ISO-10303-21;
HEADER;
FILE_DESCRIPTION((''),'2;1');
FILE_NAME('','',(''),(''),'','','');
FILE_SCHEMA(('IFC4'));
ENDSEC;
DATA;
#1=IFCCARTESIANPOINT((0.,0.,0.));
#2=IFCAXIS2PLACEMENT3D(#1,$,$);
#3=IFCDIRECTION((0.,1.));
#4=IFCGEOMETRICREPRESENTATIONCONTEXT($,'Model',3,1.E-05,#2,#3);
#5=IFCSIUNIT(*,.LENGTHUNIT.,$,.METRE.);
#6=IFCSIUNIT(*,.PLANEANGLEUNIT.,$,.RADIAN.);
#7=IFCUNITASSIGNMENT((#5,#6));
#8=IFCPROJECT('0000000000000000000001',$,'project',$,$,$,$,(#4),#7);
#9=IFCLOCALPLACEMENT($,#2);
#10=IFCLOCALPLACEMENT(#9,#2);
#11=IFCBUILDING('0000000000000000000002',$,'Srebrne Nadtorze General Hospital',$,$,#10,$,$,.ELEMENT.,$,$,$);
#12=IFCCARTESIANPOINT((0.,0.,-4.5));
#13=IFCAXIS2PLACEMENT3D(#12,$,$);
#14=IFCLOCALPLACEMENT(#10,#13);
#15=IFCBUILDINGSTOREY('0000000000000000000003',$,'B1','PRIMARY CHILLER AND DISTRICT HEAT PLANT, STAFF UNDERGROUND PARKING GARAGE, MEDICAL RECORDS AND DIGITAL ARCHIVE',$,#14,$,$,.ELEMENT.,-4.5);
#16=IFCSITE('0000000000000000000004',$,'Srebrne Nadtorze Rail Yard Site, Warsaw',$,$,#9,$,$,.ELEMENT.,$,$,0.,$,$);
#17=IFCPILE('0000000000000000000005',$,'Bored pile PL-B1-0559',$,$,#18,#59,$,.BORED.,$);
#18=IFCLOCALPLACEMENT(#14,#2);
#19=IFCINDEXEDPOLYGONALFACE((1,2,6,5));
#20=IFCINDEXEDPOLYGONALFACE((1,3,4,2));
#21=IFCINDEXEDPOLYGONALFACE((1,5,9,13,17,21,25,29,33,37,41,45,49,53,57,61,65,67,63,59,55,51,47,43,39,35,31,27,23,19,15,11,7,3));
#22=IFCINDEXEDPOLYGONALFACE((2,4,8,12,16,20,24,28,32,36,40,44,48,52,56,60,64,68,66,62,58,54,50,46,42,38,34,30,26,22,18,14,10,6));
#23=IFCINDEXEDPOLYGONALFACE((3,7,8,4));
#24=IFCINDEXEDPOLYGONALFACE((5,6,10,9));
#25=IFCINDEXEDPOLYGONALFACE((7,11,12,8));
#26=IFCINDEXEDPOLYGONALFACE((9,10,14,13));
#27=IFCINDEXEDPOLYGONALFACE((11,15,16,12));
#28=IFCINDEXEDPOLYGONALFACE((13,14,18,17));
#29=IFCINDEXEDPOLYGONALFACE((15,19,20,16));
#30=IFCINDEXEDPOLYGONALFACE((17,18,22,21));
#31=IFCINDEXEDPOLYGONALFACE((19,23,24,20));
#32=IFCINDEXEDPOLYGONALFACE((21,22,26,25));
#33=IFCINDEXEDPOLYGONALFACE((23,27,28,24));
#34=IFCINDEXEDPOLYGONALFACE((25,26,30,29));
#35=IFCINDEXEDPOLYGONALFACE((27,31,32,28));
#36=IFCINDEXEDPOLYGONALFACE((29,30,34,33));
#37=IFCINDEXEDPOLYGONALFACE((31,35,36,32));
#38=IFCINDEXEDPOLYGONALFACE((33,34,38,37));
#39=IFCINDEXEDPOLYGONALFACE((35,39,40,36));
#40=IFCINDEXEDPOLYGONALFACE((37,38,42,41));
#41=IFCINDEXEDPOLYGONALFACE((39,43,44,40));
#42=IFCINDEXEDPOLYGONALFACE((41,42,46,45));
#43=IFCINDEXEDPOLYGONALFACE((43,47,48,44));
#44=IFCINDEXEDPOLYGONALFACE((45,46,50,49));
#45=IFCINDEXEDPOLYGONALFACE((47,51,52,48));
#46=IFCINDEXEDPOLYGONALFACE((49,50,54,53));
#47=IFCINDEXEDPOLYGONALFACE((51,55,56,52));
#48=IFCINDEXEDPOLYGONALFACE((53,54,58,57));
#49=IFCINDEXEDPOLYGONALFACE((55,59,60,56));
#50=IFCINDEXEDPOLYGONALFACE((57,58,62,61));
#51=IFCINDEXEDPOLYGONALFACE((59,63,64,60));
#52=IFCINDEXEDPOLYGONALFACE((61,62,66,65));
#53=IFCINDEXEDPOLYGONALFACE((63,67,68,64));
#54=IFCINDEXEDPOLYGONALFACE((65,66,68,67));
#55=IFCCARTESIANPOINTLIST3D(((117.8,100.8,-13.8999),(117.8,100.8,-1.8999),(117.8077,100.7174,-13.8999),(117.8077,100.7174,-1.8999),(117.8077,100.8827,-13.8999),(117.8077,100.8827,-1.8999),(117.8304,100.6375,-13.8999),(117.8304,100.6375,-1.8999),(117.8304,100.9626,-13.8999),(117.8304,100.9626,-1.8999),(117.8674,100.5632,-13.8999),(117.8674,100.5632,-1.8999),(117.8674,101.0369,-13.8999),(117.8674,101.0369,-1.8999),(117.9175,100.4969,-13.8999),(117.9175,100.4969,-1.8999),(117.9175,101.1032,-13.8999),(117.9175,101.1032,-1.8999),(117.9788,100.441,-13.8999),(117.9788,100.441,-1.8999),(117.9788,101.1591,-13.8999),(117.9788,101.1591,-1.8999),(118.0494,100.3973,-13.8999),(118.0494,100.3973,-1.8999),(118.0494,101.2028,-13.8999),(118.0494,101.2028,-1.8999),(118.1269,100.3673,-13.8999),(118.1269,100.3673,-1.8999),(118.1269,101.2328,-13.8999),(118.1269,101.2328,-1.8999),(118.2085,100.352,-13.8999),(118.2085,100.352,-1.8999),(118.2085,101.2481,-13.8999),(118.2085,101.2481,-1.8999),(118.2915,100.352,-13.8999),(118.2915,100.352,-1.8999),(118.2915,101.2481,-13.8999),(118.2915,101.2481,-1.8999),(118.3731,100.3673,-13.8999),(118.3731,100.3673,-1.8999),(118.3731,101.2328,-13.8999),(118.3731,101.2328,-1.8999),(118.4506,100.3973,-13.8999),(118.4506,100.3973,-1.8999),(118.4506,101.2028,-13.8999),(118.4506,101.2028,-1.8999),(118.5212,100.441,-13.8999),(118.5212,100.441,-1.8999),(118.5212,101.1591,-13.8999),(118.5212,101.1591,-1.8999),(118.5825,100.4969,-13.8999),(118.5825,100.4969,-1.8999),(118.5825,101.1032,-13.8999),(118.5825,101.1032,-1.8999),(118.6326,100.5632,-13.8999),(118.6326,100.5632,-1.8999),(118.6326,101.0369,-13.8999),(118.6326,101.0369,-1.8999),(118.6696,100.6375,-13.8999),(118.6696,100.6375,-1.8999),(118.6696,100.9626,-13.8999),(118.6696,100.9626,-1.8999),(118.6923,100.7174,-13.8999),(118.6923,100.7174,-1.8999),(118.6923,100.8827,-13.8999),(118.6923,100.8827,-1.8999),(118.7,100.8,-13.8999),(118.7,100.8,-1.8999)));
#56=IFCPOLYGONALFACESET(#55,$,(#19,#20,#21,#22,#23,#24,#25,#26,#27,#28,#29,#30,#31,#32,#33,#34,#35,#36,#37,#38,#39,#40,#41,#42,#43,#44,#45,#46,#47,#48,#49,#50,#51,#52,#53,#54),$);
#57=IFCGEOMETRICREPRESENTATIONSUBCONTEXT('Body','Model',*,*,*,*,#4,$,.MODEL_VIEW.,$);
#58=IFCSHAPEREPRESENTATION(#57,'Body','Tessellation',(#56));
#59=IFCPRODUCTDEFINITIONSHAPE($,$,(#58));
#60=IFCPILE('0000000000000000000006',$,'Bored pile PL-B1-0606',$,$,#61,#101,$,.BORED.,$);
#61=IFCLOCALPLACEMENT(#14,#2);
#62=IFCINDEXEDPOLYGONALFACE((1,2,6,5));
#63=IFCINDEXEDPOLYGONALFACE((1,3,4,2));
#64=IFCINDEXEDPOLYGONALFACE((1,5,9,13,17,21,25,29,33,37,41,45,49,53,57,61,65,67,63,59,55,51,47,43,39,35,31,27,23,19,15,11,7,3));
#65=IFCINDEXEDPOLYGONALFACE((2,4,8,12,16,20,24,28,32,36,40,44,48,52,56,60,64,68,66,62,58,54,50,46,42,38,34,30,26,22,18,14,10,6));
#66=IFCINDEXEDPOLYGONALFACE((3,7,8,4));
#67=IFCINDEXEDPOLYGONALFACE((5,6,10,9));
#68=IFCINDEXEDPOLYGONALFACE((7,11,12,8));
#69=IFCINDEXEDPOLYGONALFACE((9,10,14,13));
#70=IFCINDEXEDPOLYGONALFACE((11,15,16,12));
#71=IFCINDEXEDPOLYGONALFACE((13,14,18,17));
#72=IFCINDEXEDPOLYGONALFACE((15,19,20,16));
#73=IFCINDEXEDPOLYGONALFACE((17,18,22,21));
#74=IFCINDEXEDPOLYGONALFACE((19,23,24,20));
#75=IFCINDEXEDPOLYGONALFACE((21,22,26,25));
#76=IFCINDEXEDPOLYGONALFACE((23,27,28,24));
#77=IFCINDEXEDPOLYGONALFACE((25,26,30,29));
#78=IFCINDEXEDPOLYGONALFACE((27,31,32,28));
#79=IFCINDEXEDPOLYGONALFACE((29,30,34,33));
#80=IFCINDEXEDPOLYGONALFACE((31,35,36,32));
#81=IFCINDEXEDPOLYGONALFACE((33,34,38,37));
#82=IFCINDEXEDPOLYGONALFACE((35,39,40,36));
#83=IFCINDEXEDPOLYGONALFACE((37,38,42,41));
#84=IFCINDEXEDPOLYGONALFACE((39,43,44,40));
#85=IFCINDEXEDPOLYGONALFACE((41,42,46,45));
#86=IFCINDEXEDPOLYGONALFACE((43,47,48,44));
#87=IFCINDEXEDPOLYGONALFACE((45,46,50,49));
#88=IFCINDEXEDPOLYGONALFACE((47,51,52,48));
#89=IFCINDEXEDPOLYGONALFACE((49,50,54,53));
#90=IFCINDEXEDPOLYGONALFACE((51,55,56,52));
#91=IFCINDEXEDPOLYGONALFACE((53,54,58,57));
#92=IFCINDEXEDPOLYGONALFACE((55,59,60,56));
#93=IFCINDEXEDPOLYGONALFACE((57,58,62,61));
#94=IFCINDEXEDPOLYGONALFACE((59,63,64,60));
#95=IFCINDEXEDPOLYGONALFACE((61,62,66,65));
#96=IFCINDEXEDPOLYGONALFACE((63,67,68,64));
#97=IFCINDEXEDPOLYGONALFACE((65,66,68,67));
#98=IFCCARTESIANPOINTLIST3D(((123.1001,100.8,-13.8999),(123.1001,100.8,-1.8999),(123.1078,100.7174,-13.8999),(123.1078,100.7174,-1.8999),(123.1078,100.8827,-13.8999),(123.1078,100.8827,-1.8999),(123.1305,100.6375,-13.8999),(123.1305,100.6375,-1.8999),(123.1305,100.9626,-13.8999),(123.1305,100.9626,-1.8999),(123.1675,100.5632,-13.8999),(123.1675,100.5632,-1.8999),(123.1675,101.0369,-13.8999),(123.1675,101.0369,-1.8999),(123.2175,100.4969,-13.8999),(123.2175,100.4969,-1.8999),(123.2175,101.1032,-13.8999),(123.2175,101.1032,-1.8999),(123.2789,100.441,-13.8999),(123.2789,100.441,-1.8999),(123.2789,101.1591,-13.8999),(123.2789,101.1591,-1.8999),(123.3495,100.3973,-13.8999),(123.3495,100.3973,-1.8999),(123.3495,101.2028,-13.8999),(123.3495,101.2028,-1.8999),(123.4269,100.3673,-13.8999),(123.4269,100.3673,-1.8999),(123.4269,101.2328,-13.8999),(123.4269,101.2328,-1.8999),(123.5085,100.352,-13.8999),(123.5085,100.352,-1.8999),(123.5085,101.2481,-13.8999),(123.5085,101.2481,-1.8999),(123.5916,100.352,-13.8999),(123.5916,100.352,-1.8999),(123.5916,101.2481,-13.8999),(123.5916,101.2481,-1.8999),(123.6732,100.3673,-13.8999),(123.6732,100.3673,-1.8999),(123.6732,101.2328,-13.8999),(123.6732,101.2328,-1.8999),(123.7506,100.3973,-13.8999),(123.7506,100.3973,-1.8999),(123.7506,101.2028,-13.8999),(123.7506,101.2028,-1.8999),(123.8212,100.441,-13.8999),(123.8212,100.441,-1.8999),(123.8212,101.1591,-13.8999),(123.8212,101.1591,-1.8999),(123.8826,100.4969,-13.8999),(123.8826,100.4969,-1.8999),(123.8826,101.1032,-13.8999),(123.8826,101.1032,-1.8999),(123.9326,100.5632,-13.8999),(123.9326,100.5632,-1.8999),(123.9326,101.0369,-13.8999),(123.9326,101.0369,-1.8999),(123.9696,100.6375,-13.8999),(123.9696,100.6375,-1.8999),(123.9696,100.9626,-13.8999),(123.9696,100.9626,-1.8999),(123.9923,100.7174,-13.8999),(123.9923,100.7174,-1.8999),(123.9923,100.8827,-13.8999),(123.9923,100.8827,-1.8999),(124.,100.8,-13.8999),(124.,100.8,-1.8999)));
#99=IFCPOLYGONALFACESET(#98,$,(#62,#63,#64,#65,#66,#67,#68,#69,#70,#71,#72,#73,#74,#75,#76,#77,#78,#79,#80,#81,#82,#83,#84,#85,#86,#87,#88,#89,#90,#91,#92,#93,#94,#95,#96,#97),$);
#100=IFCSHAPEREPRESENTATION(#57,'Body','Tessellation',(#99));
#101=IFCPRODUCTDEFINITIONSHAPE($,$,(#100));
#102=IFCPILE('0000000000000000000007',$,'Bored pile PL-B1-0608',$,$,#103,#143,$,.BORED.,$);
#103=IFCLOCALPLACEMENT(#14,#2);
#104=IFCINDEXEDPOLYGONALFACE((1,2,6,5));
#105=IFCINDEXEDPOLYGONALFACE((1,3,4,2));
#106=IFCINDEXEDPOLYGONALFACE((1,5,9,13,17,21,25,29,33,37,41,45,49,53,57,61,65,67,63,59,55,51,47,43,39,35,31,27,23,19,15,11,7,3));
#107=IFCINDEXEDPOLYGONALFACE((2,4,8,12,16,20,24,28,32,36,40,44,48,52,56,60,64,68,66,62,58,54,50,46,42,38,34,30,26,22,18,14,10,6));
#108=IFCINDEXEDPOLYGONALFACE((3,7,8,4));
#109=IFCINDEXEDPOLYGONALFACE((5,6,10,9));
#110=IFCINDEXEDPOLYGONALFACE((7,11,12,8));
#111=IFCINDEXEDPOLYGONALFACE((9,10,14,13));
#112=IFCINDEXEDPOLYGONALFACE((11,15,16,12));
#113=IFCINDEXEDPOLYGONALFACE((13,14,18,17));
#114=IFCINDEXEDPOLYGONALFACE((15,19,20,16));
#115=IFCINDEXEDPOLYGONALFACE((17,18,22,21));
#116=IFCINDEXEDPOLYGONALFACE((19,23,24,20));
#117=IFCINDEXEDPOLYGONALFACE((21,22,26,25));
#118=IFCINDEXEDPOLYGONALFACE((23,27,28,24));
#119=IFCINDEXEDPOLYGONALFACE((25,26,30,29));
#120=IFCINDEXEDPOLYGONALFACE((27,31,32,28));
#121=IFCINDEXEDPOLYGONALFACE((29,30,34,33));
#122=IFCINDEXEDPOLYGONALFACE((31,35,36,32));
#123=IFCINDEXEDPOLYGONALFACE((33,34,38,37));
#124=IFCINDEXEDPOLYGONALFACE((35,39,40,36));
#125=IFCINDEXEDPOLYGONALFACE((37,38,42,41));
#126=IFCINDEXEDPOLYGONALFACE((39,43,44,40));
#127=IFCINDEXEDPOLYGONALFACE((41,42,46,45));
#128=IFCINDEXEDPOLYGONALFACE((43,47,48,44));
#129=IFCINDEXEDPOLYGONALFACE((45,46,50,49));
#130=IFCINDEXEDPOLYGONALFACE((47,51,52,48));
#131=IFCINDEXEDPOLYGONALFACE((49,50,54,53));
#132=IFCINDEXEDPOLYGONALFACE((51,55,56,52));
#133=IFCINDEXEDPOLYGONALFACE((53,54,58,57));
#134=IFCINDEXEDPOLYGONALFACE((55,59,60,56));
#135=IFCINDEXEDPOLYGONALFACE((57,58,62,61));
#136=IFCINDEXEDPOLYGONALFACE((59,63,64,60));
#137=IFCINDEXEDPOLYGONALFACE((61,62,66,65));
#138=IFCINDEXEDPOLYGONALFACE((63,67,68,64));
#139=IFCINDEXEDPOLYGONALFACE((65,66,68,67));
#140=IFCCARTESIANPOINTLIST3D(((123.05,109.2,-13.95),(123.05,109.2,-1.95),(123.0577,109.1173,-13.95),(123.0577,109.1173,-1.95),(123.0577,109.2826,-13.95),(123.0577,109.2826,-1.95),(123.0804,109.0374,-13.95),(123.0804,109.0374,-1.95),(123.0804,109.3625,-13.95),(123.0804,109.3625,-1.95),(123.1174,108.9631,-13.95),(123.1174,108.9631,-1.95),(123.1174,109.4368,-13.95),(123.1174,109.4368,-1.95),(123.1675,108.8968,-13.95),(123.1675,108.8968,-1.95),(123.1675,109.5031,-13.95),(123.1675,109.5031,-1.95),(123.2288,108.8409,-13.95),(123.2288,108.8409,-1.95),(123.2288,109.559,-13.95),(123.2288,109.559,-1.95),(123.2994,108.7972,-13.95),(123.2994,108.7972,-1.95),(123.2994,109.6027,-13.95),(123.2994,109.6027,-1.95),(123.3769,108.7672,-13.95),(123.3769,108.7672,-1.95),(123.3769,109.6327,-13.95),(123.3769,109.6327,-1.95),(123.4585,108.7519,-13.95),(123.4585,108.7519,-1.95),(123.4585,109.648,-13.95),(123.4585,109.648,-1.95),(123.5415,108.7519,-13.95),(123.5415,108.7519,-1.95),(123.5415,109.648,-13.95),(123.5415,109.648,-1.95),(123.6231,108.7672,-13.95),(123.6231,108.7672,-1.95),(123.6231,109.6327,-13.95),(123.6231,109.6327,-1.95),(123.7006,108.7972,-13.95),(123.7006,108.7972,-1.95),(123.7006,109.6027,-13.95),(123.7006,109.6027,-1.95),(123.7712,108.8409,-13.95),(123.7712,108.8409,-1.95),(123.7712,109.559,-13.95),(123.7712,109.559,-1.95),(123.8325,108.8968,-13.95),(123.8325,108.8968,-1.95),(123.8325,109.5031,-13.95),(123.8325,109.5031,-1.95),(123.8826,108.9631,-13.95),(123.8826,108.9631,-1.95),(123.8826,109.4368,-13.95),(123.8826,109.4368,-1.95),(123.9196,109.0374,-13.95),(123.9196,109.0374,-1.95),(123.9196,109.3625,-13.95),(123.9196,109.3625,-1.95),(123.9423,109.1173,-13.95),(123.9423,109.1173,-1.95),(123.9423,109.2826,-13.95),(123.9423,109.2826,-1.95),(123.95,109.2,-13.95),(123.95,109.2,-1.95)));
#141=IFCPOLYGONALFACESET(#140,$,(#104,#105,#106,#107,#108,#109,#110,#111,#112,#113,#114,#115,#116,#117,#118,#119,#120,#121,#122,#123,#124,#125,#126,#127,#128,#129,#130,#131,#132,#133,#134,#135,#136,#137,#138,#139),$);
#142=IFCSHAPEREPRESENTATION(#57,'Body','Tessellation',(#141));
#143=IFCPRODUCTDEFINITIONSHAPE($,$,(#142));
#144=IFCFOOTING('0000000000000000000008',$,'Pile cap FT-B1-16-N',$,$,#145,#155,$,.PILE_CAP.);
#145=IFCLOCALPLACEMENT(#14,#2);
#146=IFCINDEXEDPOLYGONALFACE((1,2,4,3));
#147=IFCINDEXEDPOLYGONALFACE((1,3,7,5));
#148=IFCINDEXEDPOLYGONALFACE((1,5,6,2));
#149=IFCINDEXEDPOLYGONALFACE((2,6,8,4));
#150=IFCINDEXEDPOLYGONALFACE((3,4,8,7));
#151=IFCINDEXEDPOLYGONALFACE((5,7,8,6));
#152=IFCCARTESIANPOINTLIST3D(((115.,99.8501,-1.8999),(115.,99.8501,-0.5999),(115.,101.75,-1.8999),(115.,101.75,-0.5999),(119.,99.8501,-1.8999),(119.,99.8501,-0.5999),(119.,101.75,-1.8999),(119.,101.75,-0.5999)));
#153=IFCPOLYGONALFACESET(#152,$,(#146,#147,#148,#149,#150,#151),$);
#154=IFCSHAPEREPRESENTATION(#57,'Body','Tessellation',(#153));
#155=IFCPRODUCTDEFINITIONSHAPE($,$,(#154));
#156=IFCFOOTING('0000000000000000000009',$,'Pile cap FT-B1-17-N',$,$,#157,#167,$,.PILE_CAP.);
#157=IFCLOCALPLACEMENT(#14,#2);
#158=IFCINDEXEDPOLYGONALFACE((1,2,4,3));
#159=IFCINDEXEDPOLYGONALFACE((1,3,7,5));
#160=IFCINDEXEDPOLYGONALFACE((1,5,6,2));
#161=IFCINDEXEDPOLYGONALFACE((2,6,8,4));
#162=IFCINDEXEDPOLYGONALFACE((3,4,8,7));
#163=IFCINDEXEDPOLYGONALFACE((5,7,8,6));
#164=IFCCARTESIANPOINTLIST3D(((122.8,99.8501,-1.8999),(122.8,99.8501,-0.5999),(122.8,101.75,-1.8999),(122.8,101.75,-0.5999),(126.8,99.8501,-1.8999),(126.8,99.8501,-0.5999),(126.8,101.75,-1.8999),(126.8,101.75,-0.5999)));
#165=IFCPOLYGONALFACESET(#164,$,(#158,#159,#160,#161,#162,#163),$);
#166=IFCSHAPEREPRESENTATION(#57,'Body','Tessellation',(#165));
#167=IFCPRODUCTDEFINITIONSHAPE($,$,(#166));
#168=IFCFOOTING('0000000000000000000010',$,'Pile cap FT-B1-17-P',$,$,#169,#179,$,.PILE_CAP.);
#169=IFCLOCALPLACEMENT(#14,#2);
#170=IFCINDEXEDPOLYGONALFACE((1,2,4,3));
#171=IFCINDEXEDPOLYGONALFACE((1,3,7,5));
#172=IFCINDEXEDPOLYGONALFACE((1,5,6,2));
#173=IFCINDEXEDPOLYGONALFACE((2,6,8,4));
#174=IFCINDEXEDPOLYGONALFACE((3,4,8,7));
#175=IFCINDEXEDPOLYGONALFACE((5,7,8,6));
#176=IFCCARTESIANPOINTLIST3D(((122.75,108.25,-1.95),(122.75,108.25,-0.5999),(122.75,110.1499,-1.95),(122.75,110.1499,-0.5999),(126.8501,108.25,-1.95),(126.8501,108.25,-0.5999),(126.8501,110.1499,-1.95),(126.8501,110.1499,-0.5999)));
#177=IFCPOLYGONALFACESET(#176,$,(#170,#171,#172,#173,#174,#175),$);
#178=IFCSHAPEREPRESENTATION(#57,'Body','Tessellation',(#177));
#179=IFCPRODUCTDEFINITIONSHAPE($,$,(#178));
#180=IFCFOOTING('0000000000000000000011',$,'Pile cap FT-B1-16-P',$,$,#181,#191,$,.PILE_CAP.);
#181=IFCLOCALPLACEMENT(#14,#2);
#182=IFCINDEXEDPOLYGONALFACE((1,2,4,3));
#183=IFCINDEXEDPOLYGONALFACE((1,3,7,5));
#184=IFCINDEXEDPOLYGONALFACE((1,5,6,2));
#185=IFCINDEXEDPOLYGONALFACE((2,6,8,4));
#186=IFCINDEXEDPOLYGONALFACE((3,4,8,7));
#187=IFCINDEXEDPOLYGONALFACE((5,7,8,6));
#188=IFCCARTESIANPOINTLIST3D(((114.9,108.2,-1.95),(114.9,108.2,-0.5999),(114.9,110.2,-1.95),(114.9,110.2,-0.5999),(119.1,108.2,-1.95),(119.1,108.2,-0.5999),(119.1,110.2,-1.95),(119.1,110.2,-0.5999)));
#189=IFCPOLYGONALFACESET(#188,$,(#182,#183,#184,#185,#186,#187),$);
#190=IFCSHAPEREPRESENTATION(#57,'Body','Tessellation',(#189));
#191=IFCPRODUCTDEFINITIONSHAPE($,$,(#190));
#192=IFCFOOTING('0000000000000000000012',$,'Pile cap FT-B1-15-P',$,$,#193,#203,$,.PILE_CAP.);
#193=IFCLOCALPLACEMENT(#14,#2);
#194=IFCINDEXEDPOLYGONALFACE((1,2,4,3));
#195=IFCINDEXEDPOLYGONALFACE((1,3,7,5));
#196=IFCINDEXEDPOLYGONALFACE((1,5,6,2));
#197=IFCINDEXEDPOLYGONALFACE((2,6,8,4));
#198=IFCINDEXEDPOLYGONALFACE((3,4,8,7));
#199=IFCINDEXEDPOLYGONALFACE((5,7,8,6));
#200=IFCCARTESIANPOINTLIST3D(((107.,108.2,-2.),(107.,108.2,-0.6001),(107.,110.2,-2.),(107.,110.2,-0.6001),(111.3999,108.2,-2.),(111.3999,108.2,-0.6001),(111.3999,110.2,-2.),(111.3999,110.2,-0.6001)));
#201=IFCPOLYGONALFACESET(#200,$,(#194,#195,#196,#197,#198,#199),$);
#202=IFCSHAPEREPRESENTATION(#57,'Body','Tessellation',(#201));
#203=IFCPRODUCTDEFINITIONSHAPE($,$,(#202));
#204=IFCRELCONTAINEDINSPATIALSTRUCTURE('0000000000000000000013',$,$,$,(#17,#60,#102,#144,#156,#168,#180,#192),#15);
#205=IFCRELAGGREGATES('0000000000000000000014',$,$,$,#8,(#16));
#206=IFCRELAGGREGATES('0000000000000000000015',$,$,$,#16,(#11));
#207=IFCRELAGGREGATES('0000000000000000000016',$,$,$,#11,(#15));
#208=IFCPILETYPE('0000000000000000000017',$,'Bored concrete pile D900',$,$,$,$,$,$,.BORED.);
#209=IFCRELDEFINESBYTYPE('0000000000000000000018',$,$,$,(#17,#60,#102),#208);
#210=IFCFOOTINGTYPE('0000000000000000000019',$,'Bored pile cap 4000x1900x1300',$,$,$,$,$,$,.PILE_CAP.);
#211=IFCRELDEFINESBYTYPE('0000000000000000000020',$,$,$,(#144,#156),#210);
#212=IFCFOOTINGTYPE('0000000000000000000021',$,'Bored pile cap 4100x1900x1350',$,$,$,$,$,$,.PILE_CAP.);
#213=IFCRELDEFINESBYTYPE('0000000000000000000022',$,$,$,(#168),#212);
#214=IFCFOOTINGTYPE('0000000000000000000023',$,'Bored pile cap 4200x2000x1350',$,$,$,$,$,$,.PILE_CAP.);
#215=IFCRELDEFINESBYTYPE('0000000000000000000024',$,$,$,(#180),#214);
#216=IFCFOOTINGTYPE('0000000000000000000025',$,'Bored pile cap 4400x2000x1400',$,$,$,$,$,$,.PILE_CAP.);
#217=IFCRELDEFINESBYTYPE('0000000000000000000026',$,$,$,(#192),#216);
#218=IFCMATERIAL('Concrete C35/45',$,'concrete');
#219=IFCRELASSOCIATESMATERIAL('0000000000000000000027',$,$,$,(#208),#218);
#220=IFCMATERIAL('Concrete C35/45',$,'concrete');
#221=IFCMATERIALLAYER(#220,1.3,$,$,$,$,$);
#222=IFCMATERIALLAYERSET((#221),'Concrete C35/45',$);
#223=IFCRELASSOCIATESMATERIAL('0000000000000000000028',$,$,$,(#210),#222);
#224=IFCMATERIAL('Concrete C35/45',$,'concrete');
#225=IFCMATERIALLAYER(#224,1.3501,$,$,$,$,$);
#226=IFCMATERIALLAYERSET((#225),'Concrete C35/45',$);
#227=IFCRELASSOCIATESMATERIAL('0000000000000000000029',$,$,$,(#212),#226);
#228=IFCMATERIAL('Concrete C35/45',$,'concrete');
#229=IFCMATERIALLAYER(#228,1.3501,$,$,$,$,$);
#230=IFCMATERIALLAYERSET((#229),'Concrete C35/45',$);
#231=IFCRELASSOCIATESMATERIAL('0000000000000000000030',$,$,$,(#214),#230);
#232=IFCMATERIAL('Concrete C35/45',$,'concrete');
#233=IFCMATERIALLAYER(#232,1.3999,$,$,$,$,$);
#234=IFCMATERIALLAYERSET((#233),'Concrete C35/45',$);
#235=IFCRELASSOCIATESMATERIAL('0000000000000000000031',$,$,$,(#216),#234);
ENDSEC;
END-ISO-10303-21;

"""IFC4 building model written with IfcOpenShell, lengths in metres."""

from ifc_helpers import new_model, si_unit, direction, frame, origin, origin_2d, place, context, subcontext, project, spatial, rectangle, circle, extrude, material, layer, layer_set, material_profile, profile_set, type_object, element, save


model = new_model("IFC4")

# Units and contexts
model_context = context("Model", 3, precision=1e-05, world=origin(), true_north=direction((0.0, 1.0)))
body_context = subcontext(model_context, "Body", "Model", "MODEL_VIEW")
ifc_project = project(units=[si_unit("LENGTHUNIT", "METRE"), si_unit("PLANEANGLEUNIT", "RADIAN")], contexts=[model_context])

# Site, building, storey
site_placement = place(None, origin())
site = spatial("IfcSite", under=ifc_project, at=site_placement, Name="Srebrne Nadtorze Rail Yard Site, Warsaw", CompositionType="ELEMENT", RefElevation=0.0)
building_placement = place(site_placement, origin())
building = spatial("IfcBuilding", under=site, at=building_placement, Name="Srebrne Nadtorze General Hospital", CompositionType="ELEMENT")
storey_placement = place(building_placement, frame((0.0, 0.0, -4.5)))
storey = spatial("IfcBuildingStorey", under=building, at=storey_placement, Name="B1", Description="PRIMARY CHILLER AND DISTRICT HEAT PLANT, STAFF UNDERGROUND PARKING GARAGE, MEDICAL RECORDS AND DIGITAL ARCHIVE", CompositionType="ELEMENT", Elevation=-4.5)

# Piles
ifc_material_1 = material(Name="Concrete C35/45", Category="concrete")
ifc_material_profile_1 = material_profile(ifc_material_1, circle(Radius=0.45, at=origin_2d()), Name="PILE-D900")
ifc_profile_set_1 = profile_set([ifc_material_profile_1], Name="Concrete C35/45")
pile_type_1 = type_object("IfcPileType", Name="Bored concrete pile D900", PredefinedType="BORED", material=ifc_profile_set_1)
for number, where, z_axis, x_axis, name in (
    (1, (118.25, 100.8, -1.8999), (0.0, 0.0, -1.0), (1.0, 0.0, 0.0), "Bored pile PL-B1-0559"),
    (2, (123.55, 100.8, -1.8999), (0.0, 0.0, -1.0), (1.0, 0.0, 0.0), "Bored pile PL-B1-0606"),
    (3, (123.5, 109.2, -1.95), (0.0, 0.0, -1.0), (1.0, 0.0, 0.0), "Bored pile PL-B1-0608"),
):
    element("IfcPile", number, at=place(storey_placement, frame(where, z_axis=z_axis, x_axis=x_axis)), inside=storey, type_object=pile_type_1, Name=name, PredefinedType="BORED", context=body_context, shape_type="SweptSolid", body=[
        extrude(circle(Radius=0.45, at=origin_2d()), origin(), (0.0, 0.0, 1.0), 12.0),
    ])

# Footings
ifc_material_2 = material(Name="Concrete C35/45", Category="concrete")
ifc_layer_1 = layer(ifc_material_2, 1.3)
ifc_layer_set_1 = layer_set([ifc_layer_1], Name="Concrete C35/45")
footing_type_1 = type_object("IfcFootingType", Name="Bored pile cap 4000x1900x1300", PredefinedType="PILE_CAP", material=ifc_layer_set_1)
for number, where, z_axis, x_axis, name in (
    (4, (117.0, 100.8, -1.8999), (0.0, 0.0, 1.0), (1.0, 0.0, 0.0), "Pile cap FT-B1-16-N"),
    (5, (124.8, 100.8, -1.8999), (0.0, 0.0, 1.0), (1.0, 0.0, 0.0), "Pile cap FT-B1-17-N"),
):
    element("IfcFooting", number, at=place(storey_placement, frame(where, z_axis=z_axis, x_axis=x_axis)), inside=storey, type_object=footing_type_1, Name=name, PredefinedType="PILE_CAP", context=body_context, shape_type="SweptSolid", body=[
        extrude(rectangle(XDim=4.0, YDim=1.8999, at=origin_2d()), origin(), (0.0, 0.0, 1.0), 1.3),
    ])
ifc_material_3 = material(Name="Concrete C35/45", Category="concrete")
ifc_layer_2 = layer(ifc_material_3, 1.3501)
ifc_layer_set_2 = layer_set([ifc_layer_2], Name="Concrete C35/45")
footing_type_2 = type_object("IfcFootingType", Name="Bored pile cap 4100x1900x1350", PredefinedType="PILE_CAP", material=ifc_layer_set_2)
footing_1_placement = place(storey_placement, frame((124.8, 109.2, -1.95), z_axis=(0.0, 0.0, 1.0), x_axis=(1.0, 0.0, 0.0)))
element("IfcFooting", 6, at=footing_1_placement, inside=storey, type_object=footing_type_2, Name="Pile cap FT-B1-17-P", PredefinedType="PILE_CAP", context=body_context, shape_type="SweptSolid", body=[
    extrude(rectangle(XDim=4.1001, YDim=1.8999, at=origin_2d()), origin(), (0.0, 0.0, 1.0), 1.3501),
])
ifc_material_4 = material(Name="Concrete C35/45", Category="concrete")
ifc_layer_3 = layer(ifc_material_4, 1.3501)
ifc_layer_set_3 = layer_set([ifc_layer_3], Name="Concrete C35/45")
footing_type_3 = type_object("IfcFootingType", Name="Bored pile cap 4200x2000x1350", PredefinedType="PILE_CAP", material=ifc_layer_set_3)
footing_2_placement = place(storey_placement, frame((117.0, 109.2, -1.95), z_axis=(0.0, 0.0, 1.0), x_axis=(1.0, 0.0, 0.0)))
element("IfcFooting", 7, at=footing_2_placement, inside=storey, type_object=footing_type_3, Name="Pile cap FT-B1-16-P", PredefinedType="PILE_CAP", context=body_context, shape_type="SweptSolid", body=[
    extrude(rectangle(XDim=4.2, YDim=2.0, at=origin_2d()), origin(), (0.0, 0.0, 1.0), 1.3501),
])
ifc_material_5 = material(Name="Concrete C35/45", Category="concrete")
ifc_layer_4 = layer(ifc_material_5, 1.3999)
ifc_layer_set_4 = layer_set([ifc_layer_4], Name="Concrete C35/45")
footing_type_4 = type_object("IfcFootingType", Name="Bored pile cap 4400x2000x1400", PredefinedType="PILE_CAP", material=ifc_layer_set_4)
footing_3_placement = place(storey_placement, frame((109.2, 109.2, -2.0), z_axis=(0.0, 0.0, 1.0), x_axis=(1.0, 0.0, 0.0)))
element("IfcFooting", 8, at=footing_3_placement, inside=storey, type_object=footing_type_4, Name="Pile cap FT-B1-15-P", PredefinedType="PILE_CAP", context=body_context, shape_type="SweptSolid", body=[
    extrude(rectangle(XDim=4.3999, YDim=2.0, at=origin_2d()), origin(), (0.0, 0.0, 1.0), 1.3999),
])

save(model, "model.ifc")
